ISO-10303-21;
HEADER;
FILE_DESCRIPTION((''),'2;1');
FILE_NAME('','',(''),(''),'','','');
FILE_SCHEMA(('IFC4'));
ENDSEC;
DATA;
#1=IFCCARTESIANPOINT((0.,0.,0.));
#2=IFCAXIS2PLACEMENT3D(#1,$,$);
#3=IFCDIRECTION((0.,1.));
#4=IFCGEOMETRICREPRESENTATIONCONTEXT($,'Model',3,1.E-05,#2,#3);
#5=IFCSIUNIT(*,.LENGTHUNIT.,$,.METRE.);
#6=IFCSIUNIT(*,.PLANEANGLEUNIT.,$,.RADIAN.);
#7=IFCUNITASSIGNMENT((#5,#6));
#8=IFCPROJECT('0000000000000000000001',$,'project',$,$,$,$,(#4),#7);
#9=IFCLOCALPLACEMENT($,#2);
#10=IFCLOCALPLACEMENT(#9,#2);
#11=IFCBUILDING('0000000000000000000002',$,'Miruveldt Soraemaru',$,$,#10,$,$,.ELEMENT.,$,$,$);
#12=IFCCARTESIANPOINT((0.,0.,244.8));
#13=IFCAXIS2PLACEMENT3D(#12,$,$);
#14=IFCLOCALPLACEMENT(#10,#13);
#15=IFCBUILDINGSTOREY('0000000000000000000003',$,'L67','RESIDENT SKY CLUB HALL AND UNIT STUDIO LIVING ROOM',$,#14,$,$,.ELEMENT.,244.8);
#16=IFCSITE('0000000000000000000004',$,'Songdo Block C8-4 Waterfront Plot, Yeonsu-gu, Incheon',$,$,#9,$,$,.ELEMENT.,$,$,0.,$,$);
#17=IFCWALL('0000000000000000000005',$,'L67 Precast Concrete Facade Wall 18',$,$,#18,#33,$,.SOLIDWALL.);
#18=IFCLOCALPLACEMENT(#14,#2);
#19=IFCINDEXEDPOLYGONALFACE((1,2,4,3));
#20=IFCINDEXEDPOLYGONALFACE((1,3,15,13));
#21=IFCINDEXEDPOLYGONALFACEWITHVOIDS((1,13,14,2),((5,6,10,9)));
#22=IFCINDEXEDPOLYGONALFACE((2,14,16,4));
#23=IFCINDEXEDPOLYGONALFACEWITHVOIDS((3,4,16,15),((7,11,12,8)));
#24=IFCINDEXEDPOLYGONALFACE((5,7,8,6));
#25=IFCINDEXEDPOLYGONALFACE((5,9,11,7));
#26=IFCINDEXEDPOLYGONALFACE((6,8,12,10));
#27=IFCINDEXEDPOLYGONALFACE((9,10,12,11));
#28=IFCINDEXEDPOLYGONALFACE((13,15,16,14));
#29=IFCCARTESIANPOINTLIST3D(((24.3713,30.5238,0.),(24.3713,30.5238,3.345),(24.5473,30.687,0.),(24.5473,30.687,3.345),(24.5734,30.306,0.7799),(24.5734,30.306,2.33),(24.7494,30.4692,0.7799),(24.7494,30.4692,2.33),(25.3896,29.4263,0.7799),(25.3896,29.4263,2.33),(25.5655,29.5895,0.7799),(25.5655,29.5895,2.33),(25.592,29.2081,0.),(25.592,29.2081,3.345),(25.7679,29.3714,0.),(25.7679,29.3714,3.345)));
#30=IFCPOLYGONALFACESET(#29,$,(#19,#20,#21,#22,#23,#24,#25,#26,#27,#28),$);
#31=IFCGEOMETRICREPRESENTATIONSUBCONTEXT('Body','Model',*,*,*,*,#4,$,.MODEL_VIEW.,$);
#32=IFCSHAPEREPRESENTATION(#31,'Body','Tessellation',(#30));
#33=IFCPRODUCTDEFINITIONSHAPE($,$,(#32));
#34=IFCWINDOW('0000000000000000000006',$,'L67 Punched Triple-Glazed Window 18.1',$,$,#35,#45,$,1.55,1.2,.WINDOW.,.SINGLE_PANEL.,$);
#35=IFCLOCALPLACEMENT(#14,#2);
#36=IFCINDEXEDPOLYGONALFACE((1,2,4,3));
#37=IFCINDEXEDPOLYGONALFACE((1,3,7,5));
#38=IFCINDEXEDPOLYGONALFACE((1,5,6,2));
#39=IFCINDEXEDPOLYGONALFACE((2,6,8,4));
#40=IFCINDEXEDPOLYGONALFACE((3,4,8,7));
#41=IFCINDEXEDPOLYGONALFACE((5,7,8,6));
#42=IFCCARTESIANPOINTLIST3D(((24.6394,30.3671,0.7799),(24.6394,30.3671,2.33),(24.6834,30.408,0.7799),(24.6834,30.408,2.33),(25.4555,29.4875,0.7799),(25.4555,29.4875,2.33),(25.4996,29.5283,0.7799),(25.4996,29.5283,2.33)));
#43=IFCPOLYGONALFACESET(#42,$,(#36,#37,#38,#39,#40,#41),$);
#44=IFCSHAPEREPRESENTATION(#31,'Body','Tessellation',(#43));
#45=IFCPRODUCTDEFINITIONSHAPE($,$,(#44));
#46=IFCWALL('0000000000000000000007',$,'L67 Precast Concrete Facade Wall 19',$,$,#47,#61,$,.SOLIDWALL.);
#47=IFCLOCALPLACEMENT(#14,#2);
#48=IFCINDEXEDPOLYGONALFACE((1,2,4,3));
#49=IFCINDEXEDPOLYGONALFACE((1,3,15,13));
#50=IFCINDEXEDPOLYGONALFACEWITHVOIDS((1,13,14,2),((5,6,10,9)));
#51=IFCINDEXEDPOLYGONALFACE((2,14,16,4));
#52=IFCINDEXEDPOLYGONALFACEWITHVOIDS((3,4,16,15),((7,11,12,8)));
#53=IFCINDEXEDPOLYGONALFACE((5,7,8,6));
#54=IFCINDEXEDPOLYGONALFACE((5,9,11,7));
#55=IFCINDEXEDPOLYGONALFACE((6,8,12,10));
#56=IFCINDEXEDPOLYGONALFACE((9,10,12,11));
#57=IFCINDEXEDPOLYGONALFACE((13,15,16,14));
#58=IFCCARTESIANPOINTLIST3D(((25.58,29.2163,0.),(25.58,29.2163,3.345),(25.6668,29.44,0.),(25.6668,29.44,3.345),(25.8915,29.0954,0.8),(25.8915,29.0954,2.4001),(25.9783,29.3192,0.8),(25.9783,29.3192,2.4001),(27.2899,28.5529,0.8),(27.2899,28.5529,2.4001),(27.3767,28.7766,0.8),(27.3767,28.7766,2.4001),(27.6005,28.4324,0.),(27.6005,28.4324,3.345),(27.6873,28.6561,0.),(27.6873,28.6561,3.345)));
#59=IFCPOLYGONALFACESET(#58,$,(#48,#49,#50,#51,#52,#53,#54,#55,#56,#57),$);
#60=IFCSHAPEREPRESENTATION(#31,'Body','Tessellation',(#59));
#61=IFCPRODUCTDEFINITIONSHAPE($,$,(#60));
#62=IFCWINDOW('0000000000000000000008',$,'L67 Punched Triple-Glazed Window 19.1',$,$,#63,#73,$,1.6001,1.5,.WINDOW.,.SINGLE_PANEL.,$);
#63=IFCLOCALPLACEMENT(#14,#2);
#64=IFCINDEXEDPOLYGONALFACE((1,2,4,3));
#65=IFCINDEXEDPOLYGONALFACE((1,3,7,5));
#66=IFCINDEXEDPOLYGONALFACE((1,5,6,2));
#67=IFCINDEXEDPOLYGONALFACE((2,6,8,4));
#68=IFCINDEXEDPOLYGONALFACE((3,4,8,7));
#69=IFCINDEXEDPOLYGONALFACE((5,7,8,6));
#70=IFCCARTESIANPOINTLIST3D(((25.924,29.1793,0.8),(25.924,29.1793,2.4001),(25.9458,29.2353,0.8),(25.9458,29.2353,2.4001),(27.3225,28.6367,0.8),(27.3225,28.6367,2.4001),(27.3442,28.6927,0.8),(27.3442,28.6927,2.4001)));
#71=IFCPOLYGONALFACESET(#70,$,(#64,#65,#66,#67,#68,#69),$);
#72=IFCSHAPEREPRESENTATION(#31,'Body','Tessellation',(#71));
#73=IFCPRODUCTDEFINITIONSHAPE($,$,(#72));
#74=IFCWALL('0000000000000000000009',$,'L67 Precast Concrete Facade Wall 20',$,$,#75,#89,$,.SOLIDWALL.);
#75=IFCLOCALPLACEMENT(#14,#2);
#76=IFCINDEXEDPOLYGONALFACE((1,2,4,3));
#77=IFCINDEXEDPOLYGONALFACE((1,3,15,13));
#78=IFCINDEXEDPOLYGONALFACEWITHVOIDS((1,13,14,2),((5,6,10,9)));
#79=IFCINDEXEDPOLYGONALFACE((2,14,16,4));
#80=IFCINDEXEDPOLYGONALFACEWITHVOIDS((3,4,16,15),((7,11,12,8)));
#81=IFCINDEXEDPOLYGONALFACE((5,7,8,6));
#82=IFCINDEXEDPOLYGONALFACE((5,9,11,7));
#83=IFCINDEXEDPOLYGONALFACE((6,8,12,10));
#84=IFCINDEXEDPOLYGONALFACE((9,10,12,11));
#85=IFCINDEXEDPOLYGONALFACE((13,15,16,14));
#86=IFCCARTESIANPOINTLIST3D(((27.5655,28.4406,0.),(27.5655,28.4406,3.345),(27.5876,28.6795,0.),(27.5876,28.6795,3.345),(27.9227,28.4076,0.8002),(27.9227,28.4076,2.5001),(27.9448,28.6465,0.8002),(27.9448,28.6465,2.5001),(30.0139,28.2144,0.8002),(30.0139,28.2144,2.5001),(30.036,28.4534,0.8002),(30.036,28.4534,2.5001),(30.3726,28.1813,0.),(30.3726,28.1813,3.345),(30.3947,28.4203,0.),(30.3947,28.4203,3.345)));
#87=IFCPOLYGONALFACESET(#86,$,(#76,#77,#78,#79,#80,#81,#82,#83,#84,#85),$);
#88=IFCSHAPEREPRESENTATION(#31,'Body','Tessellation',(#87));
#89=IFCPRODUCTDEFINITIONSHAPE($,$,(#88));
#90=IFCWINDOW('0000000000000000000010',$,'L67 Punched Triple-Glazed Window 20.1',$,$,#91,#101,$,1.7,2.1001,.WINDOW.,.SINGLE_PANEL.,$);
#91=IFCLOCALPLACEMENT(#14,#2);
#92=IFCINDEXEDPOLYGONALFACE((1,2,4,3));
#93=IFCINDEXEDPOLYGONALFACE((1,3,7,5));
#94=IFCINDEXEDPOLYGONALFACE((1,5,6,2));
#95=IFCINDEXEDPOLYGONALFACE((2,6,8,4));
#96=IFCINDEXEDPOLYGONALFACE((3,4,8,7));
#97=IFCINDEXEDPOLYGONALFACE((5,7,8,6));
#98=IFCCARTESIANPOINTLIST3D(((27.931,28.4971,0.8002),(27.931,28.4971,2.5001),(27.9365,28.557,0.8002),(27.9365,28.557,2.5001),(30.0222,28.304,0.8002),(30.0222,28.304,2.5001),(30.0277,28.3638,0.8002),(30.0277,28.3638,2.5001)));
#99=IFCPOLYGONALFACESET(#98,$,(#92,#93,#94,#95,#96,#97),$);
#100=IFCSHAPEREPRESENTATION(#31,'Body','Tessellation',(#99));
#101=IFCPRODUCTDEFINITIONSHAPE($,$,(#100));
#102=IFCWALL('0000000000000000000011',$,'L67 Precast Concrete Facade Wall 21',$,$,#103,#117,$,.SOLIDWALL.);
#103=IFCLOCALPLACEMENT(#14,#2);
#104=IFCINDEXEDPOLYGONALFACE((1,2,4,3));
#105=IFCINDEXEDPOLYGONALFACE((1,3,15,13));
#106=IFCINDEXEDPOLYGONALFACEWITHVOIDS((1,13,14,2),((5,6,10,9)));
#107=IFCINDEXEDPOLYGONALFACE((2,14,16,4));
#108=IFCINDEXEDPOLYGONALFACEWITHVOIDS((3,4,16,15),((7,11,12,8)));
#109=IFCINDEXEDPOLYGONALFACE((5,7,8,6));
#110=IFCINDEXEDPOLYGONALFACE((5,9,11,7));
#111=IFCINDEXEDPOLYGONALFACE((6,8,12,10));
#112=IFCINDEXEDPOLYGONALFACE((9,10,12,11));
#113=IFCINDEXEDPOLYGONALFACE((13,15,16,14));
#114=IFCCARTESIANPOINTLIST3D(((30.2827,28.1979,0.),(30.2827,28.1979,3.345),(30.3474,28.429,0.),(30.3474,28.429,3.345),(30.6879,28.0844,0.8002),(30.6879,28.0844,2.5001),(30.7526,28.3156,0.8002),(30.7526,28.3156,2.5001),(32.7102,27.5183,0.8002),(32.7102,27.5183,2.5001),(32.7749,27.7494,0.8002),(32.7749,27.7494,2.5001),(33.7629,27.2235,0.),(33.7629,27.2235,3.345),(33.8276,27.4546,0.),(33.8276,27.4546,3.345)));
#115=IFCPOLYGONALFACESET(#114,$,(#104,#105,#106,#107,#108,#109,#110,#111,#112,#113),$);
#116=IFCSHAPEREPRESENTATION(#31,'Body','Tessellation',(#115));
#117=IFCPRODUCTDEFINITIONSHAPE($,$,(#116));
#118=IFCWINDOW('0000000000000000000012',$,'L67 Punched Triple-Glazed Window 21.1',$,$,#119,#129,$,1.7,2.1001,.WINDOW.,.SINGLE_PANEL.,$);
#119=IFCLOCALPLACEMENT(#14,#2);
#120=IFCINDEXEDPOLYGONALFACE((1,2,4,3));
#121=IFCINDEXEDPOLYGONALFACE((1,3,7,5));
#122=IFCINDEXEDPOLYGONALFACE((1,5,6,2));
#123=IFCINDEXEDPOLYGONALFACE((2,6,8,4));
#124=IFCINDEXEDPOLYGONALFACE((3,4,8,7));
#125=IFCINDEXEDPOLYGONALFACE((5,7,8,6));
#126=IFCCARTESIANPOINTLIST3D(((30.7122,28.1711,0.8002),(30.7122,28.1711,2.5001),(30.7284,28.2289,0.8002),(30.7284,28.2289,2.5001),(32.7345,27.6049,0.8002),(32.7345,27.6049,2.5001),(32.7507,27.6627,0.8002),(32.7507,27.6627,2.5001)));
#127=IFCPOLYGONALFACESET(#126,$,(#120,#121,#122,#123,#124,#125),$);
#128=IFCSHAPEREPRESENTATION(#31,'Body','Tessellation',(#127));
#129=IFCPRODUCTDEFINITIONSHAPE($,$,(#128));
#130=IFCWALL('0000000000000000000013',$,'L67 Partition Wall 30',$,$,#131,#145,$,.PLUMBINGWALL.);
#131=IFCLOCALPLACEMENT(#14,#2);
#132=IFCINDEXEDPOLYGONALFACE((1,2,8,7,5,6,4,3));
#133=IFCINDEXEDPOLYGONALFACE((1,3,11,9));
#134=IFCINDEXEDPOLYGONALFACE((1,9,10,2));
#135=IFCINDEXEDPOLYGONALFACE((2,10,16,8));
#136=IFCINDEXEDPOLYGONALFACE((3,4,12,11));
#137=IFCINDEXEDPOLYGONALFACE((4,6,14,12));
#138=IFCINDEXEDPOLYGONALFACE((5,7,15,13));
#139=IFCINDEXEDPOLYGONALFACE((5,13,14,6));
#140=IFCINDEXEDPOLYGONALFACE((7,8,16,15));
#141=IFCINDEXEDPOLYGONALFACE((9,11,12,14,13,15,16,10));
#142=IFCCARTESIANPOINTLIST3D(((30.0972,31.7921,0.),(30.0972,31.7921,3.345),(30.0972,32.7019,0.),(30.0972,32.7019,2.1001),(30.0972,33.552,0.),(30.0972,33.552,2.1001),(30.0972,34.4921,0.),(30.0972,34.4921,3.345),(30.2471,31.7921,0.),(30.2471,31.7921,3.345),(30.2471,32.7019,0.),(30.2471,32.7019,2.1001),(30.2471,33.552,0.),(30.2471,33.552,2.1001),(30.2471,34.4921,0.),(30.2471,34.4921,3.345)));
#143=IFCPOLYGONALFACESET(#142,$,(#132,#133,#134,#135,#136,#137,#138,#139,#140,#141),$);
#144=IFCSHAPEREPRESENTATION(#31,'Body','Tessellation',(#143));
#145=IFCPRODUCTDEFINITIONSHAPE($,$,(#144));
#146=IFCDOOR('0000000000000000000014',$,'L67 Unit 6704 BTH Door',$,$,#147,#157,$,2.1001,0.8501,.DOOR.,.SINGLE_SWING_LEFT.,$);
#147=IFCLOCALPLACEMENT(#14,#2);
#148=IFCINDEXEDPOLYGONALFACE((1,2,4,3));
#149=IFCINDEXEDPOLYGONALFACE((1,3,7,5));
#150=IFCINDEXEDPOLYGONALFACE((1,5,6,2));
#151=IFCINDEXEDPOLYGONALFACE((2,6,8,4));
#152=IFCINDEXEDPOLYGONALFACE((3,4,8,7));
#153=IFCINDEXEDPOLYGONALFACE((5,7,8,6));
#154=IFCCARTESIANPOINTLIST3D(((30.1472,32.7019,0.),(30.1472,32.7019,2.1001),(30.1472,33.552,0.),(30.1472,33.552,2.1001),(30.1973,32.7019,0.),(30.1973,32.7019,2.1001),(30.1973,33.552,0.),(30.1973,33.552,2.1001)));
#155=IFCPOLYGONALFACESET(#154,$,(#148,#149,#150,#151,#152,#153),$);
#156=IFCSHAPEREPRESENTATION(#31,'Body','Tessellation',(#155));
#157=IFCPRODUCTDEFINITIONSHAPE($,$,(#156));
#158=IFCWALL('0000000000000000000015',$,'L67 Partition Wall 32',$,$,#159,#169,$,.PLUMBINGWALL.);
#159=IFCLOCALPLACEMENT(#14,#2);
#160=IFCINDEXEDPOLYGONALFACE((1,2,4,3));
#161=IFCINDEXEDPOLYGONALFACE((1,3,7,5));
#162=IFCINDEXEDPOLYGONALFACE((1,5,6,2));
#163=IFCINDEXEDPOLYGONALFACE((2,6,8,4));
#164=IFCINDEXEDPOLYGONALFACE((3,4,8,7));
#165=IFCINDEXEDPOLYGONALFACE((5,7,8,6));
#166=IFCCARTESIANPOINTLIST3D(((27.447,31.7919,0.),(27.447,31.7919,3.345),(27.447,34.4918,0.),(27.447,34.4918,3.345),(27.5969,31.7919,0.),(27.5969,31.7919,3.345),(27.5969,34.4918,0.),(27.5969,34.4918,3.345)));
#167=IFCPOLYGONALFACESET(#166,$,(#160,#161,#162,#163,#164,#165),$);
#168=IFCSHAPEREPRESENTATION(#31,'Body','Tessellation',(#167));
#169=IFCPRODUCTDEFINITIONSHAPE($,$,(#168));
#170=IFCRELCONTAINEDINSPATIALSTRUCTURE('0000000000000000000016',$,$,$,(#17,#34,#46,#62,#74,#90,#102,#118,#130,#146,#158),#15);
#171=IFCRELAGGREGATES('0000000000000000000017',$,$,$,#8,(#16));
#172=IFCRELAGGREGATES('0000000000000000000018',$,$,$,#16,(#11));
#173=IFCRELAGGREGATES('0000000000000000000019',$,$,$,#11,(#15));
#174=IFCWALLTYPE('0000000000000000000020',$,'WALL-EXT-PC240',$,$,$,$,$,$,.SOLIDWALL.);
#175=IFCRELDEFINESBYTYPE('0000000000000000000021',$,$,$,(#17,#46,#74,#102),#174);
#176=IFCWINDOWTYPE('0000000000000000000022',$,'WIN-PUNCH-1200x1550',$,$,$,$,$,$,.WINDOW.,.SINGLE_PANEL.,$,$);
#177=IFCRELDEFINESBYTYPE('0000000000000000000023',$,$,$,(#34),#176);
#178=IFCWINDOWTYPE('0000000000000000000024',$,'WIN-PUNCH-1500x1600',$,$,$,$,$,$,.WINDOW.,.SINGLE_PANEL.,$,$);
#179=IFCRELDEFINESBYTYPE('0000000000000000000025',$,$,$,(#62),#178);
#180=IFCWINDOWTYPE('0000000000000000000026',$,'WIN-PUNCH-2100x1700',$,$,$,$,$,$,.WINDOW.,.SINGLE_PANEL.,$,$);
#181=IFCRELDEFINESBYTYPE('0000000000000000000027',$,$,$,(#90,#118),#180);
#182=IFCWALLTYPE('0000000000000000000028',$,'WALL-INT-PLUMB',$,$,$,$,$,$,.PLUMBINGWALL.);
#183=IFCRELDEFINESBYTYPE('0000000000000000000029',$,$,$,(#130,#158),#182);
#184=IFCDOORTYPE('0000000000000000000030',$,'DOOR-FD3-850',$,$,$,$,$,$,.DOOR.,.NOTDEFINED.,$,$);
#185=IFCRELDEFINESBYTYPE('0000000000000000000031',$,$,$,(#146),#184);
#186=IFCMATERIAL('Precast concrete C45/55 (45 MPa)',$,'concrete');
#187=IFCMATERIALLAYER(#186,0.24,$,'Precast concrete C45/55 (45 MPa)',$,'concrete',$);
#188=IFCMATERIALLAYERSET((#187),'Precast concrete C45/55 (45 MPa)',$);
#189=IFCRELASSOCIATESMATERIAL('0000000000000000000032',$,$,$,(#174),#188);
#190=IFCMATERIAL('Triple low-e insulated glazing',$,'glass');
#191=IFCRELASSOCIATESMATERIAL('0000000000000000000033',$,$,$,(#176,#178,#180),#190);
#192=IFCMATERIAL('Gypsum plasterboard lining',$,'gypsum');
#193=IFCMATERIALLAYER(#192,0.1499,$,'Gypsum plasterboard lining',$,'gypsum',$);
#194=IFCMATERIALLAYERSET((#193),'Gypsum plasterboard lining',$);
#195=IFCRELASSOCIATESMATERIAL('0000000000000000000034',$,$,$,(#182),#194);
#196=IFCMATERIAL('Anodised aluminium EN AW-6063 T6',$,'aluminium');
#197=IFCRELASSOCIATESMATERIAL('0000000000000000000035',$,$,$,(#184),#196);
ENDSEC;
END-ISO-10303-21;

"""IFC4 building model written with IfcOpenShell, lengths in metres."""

from ifc_helpers import new_model, si_unit, direction, frame, frame_2d, origin, place, context, subcontext, project, spatial, rectangle, extrude, material, layer, layer_set, type_object, element, fill, save


model = new_model("IFC4")

# Units and contexts
model_context = context("Model", 3, precision=1e-05, world=origin(), true_north=direction((0.0, 1.0)))
body_context = subcontext(model_context, "Body", "Model", "MODEL_VIEW")
ifc_project = project(units=[si_unit("LENGTHUNIT", "METRE"), si_unit("PLANEANGLEUNIT", "RADIAN")], contexts=[model_context])

# Site, building, storey
site_placement = place(None, origin())
site = spatial("IfcSite", under=ifc_project, at=site_placement, Name="Songdo Block C8-4 Waterfront Plot, Yeonsu-gu, Incheon", CompositionType="ELEMENT", RefElevation=0.0)
building_placement = place(site_placement, origin())
building = spatial("IfcBuilding", under=site, at=building_placement, Name="Miruveldt Soraemaru", CompositionType="ELEMENT")
storey_placement = place(building_placement, frame((0.0, 0.0, 244.8)))
storey = spatial("IfcBuildingStorey", under=building, at=storey_placement, Name="L67", Description="RESIDENT SKY CLUB HALL AND UNIT STUDIO LIVING ROOM", CompositionType="ELEMENT", Elevation=244.8)

# Walls, openings, windows
ifc_material_1 = material(Name="Precast concrete C45/55 (45 MPa)", Category="concrete")
ifc_layer_1 = layer(ifc_material_1, 0.24, Name="Precast concrete C45/55 (45 MPa)", Category="concrete")
ifc_layer_set_1 = layer_set([ifc_layer_1], Name="Precast concrete C45/55 (45 MPa)")
wall_type_1 = type_object("IfcWallType", Name="WALL-EXT-PC240", PredefinedType="SOLIDWALL", material=ifc_layer_set_1)
ifc_material_2 = material(Name="Triple low-e insulated glazing", Category="glass")
window_type_1 = type_object("IfcWindowType", Name="WIN-PUNCH-1200x1550", PartitioningType="SINGLE_PANEL", PredefinedType="WINDOW", material=ifc_material_2)
wall_1_placement = place(storey_placement, frame((24.4592, 30.6055, 0.0), z_axis=(0.0, 0.0, 1.0), x_axis=(0.680154, -0.73307, 0.0)))
wall_1 = element("IfcWall", 1, at=wall_1_placement, inside=storey, type_object=wall_type_1, Name="L67 Precast Concrete Facade Wall 18", PredefinedType="SOLIDWALL", context=body_context, shape_type="SweptSolid", body=[
    extrude(rectangle(XDim=1.7947, YDim=0.24, at=frame_2d((0.8975, 0.0))), origin(), (0.0, 0.0, 1.0), 3.345),
])
opening_1_placement = place(wall_1_placement, frame((0.2971, 0.0, 0.78)))
opening_1 = element("IfcOpeningElement", 2, at=opening_1_placement, cuts=wall_1, PredefinedType="OPENING", context=body_context, shape_type="SweptSolid", body=[
    extrude(rectangle(XDim=1.2, YDim=1.55, at=frame_2d((0.6001, 0.7749))), frame((0.0, 0.1299, 0.0), z_axis=(0.0, -1.0, 0.0), x_axis=(1.0, 0.0, 0.0)), (0.0, 0.0, 1.0), 0.26),
])
window_1_placement = place(opening_1_placement, origin())
window_1 = element("IfcWindow", 3, at=window_1_placement, inside=storey, type_object=window_type_1, Name="L67 Punched Triple-Glazed Window 18.1", OverallHeight=1.55, OverallWidth=1.2, PartitioningType="SINGLE_PANEL", PredefinedType="WINDOW", context=body_context, shape_type="SweptSolid", body=[
    extrude(rectangle(XDim=1.2, YDim=1.55, at=frame_2d((0.6001, 0.7749))), frame((0.0, 0.03, 0.0), z_axis=(0.0, -1.0, 0.0), x_axis=(1.0, 0.0, 0.0)), (0.0, 0.0, 1.0), 0.0601),
])
fill(opening_1, window_1)
wall_2_placement = place(storey_placement, frame((25.6235, 29.3281, 0.0), z_axis=(0.0, 0.0, 1.0), x_axis=(0.932288, -0.361718, 0.0)))
wall_2 = element("IfcWall", 4, at=wall_2_placement, inside=storey, type_object=wall_type_1, Name="L67 Precast Concrete Facade Wall 19", PredefinedType="SOLIDWALL", context=body_context, shape_type="SweptSolid", body=[
    extrude(rectangle(XDim=2.1672, YDim=0.24, at=frame_2d((1.0835, 0.0))), origin(), (0.0, 0.0, 1.0), 3.345),
])
opening_2_placement = place(wall_2_placement, frame((0.334, 0.0, 0.8)))
opening_2 = element("IfcOpeningElement", 5, at=opening_2_placement, cuts=wall_2, PredefinedType="OPENING", context=body_context, shape_type="SweptSolid", body=[
    extrude(rectangle(XDim=1.5, YDim=1.6001, at=frame_2d((0.75, 0.8))), frame((0.0, 0.1299, 0.0), z_axis=(0.0, -1.0, 0.0), x_axis=(1.0, 0.0, 0.0)), (0.0, 0.0, 1.0), 0.26),
])
window_type_2 = type_object("IfcWindowType", Name="WIN-PUNCH-1500x1600", PartitioningType="SINGLE_PANEL", PredefinedType="WINDOW", material=ifc_material_2)
window_2_placement = place(opening_2_placement, origin())
window_2 = element("IfcWindow", 6, at=window_2_placement, inside=storey, type_object=window_type_2, Name="L67 Punched Triple-Glazed Window 19.1", OverallHeight=1.6001, OverallWidth=1.5, PartitioningType="SINGLE_PANEL", PredefinedType="WINDOW", context=body_context, shape_type="SweptSolid", body=[
    extrude(rectangle(XDim=1.5, YDim=1.6001, at=frame_2d((0.75, 0.8))), frame((0.0, 0.03, 0.0), z_axis=(0.0, -1.0, 0.0), x_axis=(1.0, 0.0, 0.0)), (0.0, 0.0, 1.0), 0.0601),
])
fill(opening_2, window_2)
wall_3_placement = place(storey_placement, frame((27.5764, 28.5601, 0.0), z_axis=(0.0, 0.0, 1.0), x_axis=(0.995762, -0.091972, 0.0)))
wall_3 = element("IfcWall", 7, at=wall_3_placement, inside=storey, type_object=wall_type_1, Name="L67 Precast Concrete Facade Wall 20", PredefinedType="SOLIDWALL", context=body_context, shape_type="SweptSolid", body=[
    extrude(rectangle(XDim=2.8191, YDim=0.24, at=frame_2d((1.4097, 0.0))), origin(), (0.0, 0.0, 1.0), 3.345),
])
opening_3_placement = place(wall_3_placement, frame((0.3589, 0.0, 0.8)))
opening_3 = element("IfcOpeningElement", 8, at=opening_3_placement, cuts=wall_3, PredefinedType="OPENING", context=body_context, shape_type="SweptSolid", body=[
    extrude(rectangle(XDim=2.1001, YDim=1.7, at=frame_2d((1.05, 0.8501))), frame((0.0, 0.1299, 0.0), z_axis=(0.0, -1.0, 0.0), x_axis=(1.0, 0.0, 0.0)), (0.0, 0.0, 1.0), 0.26),
])
window_type_3 = type_object("IfcWindowType", Name="WIN-PUNCH-2100x1700", PartitioningType="SINGLE_PANEL", PredefinedType="WINDOW", material=ifc_material_2)
window_3_placement = place(opening_3_placement, origin())
window_3 = element("IfcWindow", 9, at=window_3_placement, inside=storey, type_object=window_type_3, Name="L67 Punched Triple-Glazed Window 20.1", OverallHeight=1.7, OverallWidth=2.1001, PartitioningType="SINGLE_PANEL", PredefinedType="WINDOW", context=body_context, shape_type="SweptSolid", body=[
    extrude(rectangle(XDim=2.1001, YDim=1.7, at=frame_2d((1.05, 0.8501))), frame((0.0, 0.03, 0.0), z_axis=(0.0, -1.0, 0.0), x_axis=(1.0, 0.0, 0.0)), (0.0, 0.0, 1.0), 0.0601),
])
fill(opening_3, window_3)
wall_4_placement = place(storey_placement, frame((30.3149, 28.3135, 0.0), z_axis=(0.0, 0.0, 1.0), x_axis=(0.962971, -0.269605, 0.0)))
wall_4 = element("IfcWall", 10, at=wall_4_placement, inside=storey, type_object=wall_type_1, Name="L67 Precast Concrete Facade Wall 21", PredefinedType="SOLIDWALL", context=body_context, shape_type="SweptSolid", body=[
    extrude(rectangle(XDim=3.614, YDim=0.24, at=frame_2d((1.8071, 0.0))), origin(), (0.0, 0.0, 1.0), 3.345),
])
opening_4_placement = place(wall_4_placement, frame((0.4209, 0.0, 0.8)))
opening_4 = element("IfcOpeningElement", 11, at=opening_4_placement, cuts=wall_4, PredefinedType="OPENING", context=body_context, shape_type="SweptSolid", body=[
    extrude(rectangle(XDim=2.1001, YDim=1.7, at=frame_2d((1.05, 0.8501))), frame((0.0, 0.1299, 0.0), z_axis=(0.0, -1.0, 0.0), x_axis=(1.0, 0.0, 0.0)), (0.0, 0.0, 1.0), 0.26),
])
window_4_placement = place(opening_4_placement, origin())
window_4 = element("IfcWindow", 12, at=window_4_placement, inside=storey, type_object=window_type_3, Name="L67 Punched Triple-Glazed Window 21.1", OverallHeight=1.7, OverallWidth=2.1001, PartitioningType="SINGLE_PANEL", PredefinedType="WINDOW", context=body_context, shape_type="SweptSolid", body=[
    extrude(rectangle(XDim=2.1001, YDim=1.7, at=frame_2d((1.05, 0.8501))), frame((0.0, 0.03, 0.0), z_axis=(0.0, -1.0, 0.0), x_axis=(1.0, 0.0, 0.0)), (0.0, 0.0, 1.0), 0.0601),
])
fill(opening_4, window_4)

# Wall, opening, door
ifc_material_3 = material(Name="Gypsum plasterboard lining", Category="gypsum")
ifc_layer_2 = layer(ifc_material_3, 0.1499, Name="Gypsum plasterboard lining", Category="gypsum")
ifc_layer_set_2 = layer_set([ifc_layer_2], Name="Gypsum plasterboard lining")
wall_type_2 = type_object("IfcWallType", Name="WALL-INT-PLUMB", PredefinedType="PLUMBINGWALL", material=ifc_layer_set_2)
wall_5_placement = place(storey_placement, frame((30.1721, 31.792, 0.0), z_axis=(0.0, 0.0, 1.0), x_axis=(0.0, 1.0, 0.0)))
wall_5 = element("IfcWall", 13, at=wall_5_placement, inside=storey, type_object=wall_type_2, Name="L67 Partition Wall 30", PredefinedType="PLUMBINGWALL", context=body_context, shape_type="SweptSolid", body=[
    extrude(rectangle(XDim=2.7, YDim=0.1499, at=frame_2d((1.3501, 0.0))), origin(), (0.0, 0.0, 1.0), 3.345),
])
opening_5_placement = place(wall_5_placement, frame((0.9099, 0.0, 0.0)))
opening_5 = element("IfcOpeningElement", 14, at=opening_5_placement, cuts=wall_5, PredefinedType="OPENING", context=body_context, shape_type="SweptSolid", body=[
    extrude(rectangle(XDim=0.8501, YDim=2.1001, at=frame_2d((0.425, 1.05))), frame((0.0, 0.085, 0.0), z_axis=(0.0, -1.0, 0.0), x_axis=(1.0, 0.0, 0.0)), (0.0, 0.0, 1.0), 0.1699),
])
ifc_material_4 = material(Name="Anodised aluminium EN AW-6063 T6", Category="aluminium")
door_type = type_object("IfcDoorType", Name="DOOR-FD3-850", OperationType="NOTDEFINED", PredefinedType="DOOR", material=ifc_material_4)
door_placement = place(opening_5_placement, origin())
door = element("IfcDoor", 15, at=door_placement, inside=storey, type_object=door_type, Name="L67 Unit 6704 BTH Door", OperationType="SINGLE_SWING_LEFT", OverallHeight=2.1001, OverallWidth=0.8501, PredefinedType="DOOR", context=body_context, shape_type="SweptSolid", body=[
    extrude(rectangle(XDim=0.8501, YDim=2.1001, at=frame_2d((0.425, 1.05))), frame((0.0, 0.0249, 0.0), z_axis=(0.0, -1.0, 0.0), x_axis=(1.0, 0.0, 0.0)), (0.0, 0.0, 1.0), 0.05),
])
fill(opening_5, door)

# Wall
wall_6_placement = place(storey_placement, frame((27.522, 34.4919, 0.0), z_axis=(0.0, 0.0, 1.0), x_axis=(0.0, -1.0, 0.0)))
element("IfcWall", 16, at=wall_6_placement, inside=storey, type_object=wall_type_2, Name="L67 Partition Wall 32", PredefinedType="PLUMBINGWALL", context=body_context, shape_type="SweptSolid", body=[
    extrude(rectangle(XDim=2.7, YDim=0.1499, at=frame_2d((1.3501, 0.0))), origin(), (0.0, 0.0, 1.0), 3.345),
])

save(model, "model.ifc")
